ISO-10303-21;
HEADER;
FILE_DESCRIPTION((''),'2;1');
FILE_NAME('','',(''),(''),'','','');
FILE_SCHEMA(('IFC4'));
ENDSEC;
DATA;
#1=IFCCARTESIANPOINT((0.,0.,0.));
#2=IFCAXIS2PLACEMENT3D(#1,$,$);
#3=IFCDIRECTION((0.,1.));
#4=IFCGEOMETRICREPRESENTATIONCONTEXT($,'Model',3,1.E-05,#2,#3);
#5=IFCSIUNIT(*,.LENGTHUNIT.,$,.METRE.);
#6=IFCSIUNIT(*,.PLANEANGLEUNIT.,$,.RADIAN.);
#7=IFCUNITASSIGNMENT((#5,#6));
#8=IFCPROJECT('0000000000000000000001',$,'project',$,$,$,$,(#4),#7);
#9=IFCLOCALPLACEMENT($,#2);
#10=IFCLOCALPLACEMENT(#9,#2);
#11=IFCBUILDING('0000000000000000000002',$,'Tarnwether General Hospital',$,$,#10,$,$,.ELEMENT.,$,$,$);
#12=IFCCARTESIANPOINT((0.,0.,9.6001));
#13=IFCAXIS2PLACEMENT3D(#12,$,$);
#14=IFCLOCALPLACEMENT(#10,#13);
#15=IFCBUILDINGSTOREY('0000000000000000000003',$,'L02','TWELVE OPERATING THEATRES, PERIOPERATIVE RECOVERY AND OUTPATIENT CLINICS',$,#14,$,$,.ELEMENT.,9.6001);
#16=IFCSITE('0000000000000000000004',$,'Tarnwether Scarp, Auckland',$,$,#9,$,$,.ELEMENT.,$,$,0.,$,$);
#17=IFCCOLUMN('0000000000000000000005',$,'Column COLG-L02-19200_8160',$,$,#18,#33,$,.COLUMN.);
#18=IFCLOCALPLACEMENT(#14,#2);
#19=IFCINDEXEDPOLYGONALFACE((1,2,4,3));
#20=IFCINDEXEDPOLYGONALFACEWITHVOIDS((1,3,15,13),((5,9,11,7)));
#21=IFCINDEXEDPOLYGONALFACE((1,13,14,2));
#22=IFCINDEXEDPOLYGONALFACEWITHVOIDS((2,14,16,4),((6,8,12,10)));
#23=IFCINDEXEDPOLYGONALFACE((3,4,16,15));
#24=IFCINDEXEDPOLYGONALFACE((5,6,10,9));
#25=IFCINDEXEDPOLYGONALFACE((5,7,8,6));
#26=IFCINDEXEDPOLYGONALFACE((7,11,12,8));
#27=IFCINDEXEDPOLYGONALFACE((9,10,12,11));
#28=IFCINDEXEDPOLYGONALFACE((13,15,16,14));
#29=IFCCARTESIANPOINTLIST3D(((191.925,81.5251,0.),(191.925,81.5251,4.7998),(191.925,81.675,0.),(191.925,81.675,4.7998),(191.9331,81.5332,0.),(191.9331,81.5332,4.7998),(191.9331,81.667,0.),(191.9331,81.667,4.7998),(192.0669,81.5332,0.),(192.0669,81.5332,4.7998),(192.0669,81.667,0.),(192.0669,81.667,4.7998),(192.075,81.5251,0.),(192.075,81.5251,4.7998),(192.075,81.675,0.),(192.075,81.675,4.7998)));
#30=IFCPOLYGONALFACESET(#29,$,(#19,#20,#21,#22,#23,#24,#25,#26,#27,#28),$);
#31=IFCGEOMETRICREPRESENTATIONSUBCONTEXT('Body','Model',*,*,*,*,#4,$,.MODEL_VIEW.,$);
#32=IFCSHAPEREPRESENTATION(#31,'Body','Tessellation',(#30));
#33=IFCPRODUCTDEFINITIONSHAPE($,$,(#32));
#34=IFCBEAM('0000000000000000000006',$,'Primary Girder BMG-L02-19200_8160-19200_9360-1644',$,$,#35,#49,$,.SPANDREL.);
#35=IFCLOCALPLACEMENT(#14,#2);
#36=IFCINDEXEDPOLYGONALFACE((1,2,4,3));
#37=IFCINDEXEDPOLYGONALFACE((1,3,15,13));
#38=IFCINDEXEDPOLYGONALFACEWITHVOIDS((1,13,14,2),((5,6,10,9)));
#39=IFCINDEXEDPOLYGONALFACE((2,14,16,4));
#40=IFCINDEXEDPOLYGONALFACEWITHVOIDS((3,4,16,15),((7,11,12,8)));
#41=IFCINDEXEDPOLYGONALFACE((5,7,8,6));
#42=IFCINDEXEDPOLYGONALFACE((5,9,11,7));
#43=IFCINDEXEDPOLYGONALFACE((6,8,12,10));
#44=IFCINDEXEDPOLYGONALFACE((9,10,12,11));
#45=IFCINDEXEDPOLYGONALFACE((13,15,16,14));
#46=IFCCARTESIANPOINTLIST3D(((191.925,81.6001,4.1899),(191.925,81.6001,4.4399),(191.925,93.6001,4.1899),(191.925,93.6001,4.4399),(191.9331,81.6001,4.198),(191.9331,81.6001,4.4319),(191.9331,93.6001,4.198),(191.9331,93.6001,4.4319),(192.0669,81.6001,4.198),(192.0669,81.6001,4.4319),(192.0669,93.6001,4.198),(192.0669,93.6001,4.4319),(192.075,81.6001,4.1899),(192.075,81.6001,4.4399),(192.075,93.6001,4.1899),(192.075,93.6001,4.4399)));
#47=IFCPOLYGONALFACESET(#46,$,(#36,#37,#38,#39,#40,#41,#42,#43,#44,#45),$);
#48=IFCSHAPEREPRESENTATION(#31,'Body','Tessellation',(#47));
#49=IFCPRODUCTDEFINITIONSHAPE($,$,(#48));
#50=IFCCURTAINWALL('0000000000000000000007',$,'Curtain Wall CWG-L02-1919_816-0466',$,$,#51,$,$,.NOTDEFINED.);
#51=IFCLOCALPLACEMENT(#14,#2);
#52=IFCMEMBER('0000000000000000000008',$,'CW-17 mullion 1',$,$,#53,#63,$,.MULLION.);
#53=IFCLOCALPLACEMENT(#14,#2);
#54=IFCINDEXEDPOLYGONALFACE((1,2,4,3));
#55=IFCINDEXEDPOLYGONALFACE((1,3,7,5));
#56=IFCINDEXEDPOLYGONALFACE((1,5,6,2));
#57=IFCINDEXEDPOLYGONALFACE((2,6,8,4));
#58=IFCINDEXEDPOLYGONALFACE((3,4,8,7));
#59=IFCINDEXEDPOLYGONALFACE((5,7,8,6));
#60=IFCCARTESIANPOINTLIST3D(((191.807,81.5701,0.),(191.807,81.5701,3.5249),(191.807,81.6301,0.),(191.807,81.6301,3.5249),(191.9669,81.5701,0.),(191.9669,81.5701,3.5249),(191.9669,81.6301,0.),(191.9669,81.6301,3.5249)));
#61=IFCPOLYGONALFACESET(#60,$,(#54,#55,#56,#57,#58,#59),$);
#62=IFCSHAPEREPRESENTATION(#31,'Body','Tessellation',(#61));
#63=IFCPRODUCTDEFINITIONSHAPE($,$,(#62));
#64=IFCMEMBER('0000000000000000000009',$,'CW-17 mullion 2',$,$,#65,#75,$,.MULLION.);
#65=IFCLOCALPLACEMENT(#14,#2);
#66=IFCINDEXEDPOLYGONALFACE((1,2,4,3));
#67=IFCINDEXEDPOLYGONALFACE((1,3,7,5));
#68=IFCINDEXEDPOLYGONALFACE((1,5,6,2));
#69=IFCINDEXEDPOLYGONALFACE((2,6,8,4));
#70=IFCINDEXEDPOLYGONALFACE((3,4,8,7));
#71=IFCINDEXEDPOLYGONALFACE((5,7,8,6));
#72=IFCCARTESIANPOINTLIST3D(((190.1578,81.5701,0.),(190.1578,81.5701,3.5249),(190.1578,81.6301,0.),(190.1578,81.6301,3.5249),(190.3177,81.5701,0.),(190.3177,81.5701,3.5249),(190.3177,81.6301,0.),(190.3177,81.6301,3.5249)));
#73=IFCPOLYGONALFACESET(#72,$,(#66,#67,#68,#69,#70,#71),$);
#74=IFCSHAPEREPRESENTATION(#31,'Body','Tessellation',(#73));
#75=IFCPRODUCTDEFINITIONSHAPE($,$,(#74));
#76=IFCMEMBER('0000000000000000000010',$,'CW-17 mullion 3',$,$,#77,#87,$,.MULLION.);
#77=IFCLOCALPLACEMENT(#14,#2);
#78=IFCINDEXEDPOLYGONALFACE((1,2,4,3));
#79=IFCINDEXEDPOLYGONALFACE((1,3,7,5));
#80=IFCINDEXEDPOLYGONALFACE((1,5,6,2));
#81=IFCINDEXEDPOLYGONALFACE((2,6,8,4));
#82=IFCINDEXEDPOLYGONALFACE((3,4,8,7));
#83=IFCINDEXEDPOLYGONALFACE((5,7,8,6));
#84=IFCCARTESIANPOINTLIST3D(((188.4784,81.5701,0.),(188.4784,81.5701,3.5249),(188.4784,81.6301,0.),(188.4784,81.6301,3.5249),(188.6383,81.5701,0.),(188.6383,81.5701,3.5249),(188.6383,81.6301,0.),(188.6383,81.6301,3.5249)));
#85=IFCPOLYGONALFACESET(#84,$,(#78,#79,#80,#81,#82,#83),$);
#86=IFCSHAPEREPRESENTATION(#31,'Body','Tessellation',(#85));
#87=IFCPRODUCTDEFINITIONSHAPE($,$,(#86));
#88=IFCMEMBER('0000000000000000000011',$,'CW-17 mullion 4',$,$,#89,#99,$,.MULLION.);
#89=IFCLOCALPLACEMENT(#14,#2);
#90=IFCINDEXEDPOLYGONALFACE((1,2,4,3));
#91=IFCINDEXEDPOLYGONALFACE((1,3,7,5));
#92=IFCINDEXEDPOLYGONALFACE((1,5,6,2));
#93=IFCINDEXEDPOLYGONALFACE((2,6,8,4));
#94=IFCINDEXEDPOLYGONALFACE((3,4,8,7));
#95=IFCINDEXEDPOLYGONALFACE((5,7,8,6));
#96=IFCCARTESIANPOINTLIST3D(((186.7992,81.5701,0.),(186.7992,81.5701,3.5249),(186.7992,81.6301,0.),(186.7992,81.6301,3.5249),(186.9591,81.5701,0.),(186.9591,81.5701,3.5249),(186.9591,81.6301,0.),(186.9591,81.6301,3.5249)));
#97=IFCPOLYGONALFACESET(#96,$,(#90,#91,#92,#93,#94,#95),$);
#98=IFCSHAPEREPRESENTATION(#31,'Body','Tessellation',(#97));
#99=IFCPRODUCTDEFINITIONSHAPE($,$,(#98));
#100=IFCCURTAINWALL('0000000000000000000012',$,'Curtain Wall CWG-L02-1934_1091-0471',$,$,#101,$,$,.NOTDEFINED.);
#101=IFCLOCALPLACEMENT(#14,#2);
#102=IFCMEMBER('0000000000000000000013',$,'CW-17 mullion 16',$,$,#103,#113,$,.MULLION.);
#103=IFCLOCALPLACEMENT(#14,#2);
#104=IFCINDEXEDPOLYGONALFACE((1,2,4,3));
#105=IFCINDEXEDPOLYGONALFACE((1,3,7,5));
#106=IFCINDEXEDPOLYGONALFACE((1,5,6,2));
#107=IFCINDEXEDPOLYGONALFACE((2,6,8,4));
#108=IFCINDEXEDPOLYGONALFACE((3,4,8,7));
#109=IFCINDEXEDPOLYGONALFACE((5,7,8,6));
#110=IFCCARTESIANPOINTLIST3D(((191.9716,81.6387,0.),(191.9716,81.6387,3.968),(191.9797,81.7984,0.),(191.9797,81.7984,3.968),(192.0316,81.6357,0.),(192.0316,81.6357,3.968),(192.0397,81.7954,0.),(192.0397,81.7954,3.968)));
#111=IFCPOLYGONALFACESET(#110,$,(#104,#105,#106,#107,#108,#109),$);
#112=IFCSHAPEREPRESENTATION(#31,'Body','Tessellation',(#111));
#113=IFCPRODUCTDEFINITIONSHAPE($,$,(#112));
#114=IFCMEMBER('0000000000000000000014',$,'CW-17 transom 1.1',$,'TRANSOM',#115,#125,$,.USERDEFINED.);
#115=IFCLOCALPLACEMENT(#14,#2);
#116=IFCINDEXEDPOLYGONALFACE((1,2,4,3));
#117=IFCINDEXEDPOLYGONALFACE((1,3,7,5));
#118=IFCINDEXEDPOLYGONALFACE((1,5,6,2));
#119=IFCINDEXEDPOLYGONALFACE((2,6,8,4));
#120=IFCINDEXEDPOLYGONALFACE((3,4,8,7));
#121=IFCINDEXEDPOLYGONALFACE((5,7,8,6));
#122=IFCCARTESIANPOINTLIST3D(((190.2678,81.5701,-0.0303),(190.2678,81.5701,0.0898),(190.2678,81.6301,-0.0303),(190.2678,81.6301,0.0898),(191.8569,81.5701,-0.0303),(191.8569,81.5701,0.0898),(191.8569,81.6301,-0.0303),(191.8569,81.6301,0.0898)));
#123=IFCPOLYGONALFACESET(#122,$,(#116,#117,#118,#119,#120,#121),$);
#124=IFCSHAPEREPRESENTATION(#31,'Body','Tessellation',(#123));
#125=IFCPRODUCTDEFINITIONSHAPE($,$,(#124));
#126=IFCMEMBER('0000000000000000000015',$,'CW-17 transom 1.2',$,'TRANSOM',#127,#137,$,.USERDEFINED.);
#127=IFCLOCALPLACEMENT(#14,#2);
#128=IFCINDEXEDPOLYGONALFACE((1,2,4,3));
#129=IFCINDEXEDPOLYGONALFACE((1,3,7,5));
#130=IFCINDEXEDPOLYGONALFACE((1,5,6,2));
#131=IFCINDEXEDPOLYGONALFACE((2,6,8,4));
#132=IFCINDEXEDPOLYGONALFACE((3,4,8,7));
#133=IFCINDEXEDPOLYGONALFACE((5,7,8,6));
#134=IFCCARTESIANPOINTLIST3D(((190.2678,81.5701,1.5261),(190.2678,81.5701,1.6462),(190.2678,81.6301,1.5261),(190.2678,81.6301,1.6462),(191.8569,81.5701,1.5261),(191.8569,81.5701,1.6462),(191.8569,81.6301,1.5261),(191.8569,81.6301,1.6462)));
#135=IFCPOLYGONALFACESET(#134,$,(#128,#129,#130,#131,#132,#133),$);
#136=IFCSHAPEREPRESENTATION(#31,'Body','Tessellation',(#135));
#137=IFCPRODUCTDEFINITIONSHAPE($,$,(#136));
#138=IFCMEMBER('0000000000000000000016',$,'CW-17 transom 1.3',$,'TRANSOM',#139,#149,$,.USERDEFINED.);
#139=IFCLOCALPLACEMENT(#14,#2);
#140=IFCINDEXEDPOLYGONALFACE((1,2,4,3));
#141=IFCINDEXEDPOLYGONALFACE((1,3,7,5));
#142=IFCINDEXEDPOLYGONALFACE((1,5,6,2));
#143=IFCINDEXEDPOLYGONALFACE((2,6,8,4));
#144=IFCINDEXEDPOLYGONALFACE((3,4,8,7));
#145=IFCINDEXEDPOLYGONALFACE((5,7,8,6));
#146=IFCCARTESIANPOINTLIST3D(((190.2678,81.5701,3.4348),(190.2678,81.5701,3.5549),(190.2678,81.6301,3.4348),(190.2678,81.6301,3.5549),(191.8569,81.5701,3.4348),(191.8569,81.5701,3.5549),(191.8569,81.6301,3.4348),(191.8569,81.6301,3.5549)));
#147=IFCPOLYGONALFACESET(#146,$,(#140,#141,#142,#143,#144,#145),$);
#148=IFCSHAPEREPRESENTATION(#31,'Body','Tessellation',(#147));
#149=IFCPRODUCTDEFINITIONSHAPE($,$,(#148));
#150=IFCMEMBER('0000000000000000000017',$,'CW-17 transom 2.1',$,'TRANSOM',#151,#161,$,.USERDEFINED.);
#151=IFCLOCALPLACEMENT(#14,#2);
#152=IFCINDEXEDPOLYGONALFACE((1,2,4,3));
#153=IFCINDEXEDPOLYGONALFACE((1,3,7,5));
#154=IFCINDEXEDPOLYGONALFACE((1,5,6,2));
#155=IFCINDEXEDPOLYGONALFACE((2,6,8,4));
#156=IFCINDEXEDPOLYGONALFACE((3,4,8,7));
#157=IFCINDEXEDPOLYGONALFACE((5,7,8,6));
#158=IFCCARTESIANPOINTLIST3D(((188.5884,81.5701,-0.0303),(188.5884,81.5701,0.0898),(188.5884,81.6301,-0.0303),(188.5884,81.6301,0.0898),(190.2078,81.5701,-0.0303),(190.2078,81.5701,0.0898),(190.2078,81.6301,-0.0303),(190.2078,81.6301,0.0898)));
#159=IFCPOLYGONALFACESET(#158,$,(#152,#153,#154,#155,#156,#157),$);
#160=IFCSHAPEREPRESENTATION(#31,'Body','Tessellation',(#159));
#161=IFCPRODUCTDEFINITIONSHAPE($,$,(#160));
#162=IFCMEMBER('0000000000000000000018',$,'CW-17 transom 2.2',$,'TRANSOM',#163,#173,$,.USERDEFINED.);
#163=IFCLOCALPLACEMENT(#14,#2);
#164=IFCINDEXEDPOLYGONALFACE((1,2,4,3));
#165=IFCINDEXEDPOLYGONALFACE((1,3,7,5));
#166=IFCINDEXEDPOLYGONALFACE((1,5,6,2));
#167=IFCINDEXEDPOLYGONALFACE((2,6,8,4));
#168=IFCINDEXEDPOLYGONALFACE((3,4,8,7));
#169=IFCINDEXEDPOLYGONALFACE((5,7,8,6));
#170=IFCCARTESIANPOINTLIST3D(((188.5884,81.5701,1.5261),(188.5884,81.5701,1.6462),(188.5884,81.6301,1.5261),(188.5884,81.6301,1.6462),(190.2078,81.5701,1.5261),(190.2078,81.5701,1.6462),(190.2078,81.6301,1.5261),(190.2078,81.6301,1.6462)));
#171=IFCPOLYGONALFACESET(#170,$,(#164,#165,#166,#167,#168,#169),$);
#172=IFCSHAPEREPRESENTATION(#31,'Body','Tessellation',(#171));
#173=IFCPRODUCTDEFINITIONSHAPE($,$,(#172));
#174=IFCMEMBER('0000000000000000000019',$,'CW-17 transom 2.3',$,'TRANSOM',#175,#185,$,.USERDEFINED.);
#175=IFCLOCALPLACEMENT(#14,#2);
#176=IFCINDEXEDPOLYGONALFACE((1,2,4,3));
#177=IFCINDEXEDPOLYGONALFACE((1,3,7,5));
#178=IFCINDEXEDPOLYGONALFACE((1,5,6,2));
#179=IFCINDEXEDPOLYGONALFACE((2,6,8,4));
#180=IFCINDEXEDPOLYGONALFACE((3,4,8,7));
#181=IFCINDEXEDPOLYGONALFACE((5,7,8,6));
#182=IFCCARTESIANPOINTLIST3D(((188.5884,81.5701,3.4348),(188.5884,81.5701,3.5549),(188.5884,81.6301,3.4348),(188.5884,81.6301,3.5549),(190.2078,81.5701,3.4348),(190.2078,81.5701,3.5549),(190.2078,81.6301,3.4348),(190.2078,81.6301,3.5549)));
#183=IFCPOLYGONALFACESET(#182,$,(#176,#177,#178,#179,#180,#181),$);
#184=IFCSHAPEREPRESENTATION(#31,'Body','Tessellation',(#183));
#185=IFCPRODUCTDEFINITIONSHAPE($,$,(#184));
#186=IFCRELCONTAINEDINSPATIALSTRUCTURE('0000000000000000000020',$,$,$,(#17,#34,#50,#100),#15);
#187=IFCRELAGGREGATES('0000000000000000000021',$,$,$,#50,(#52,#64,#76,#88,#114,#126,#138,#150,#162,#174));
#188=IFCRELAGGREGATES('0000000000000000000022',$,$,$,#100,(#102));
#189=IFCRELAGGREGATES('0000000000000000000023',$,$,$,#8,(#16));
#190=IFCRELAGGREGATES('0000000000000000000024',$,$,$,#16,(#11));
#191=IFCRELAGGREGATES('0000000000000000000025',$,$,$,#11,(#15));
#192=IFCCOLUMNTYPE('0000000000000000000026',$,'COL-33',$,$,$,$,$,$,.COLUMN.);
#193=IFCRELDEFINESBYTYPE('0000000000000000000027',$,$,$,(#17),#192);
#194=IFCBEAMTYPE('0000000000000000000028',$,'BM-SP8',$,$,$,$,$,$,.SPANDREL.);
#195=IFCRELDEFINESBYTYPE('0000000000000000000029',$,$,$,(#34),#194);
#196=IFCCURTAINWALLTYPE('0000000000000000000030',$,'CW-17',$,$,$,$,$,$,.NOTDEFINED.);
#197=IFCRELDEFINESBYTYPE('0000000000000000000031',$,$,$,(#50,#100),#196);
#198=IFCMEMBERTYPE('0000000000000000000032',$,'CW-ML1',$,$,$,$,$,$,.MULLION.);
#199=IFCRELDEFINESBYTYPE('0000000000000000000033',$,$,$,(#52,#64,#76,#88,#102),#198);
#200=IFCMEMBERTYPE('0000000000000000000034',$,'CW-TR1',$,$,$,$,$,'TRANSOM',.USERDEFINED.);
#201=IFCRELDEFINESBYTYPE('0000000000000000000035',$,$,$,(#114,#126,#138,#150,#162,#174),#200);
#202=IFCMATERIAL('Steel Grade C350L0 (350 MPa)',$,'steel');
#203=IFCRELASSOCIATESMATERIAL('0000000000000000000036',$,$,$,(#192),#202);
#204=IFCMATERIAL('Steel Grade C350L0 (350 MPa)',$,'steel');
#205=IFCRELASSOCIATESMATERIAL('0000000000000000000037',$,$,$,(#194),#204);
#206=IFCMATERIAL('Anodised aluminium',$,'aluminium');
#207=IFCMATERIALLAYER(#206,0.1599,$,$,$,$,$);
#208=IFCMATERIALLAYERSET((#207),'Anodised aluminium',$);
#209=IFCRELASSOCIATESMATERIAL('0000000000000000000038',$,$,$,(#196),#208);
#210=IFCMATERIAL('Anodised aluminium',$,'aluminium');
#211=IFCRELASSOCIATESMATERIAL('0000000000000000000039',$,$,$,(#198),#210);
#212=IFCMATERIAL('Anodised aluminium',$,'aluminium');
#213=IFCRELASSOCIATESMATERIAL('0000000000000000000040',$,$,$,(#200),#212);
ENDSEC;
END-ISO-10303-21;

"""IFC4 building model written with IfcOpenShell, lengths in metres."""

from ifc_helpers import new_model, si_unit, direction, frame, origin, origin_2d, place, context, subcontext, project, spatial, rectangle, hollow_rectangle, extrude, material, layer, layer_set, material_profile, profile_set, type_object, element, aggregate, save


model = new_model("IFC4")

# Units and contexts
model_context = context("Model", 3, precision=1e-05, world=origin(), true_north=direction((0.0, 1.0)))
body_context = subcontext(model_context, "Body", "Model", "MODEL_VIEW")
ifc_project = project(units=[si_unit("LENGTHUNIT", "METRE"), si_unit("PLANEANGLEUNIT", "RADIAN")], contexts=[model_context])

# Site, building, storey
site_placement = place(None, origin())
site = spatial("IfcSite", under=ifc_project, at=site_placement, Name="Tarnwether Scarp, Auckland", CompositionType="ELEMENT", RefElevation=0.0)
building_placement = place(site_placement, origin())
building = spatial("IfcBuilding", under=site, at=building_placement, Name="Tarnwether General Hospital", CompositionType="ELEMENT")
storey_placement = place(building_placement, frame((0.0, 0.0, 9.6001)))
storey = spatial("IfcBuildingStorey", under=building, at=storey_placement, Name="L02", Description="TWELVE OPERATING THEATRES, PERIOPERATIVE RECOVERY AND OUTPATIENT CLINICS", CompositionType="ELEMENT", Elevation=9.6001)

# Column
ifc_material_1 = material(Name="Steel Grade C350L0 (350 MPa)", Category="steel")
ifc_material_profile_1 = material_profile(ifc_material_1, hollow_rectangle(XDim=0.1499, YDim=0.1499, WallThickness=0.0081, at=origin_2d()), Name="SHS150x150x8")
ifc_profile_set_1 = profile_set([ifc_material_profile_1], Name="Steel Grade C350L0 (350 MPa)")
column_type = type_object("IfcColumnType", Name="COL-33", PredefinedType="COLUMN", material=ifc_profile_set_1)
column_placement = place(storey_placement, frame((192.0, 81.6001, 0.0), z_axis=(0.0, 0.0, 1.0), x_axis=(1.0, 0.0, 0.0)))
element("IfcColumn", 1, at=column_placement, inside=storey, type_object=column_type, Name="Column COLG-L02-19200_8160", PredefinedType="COLUMN", context=body_context, shape_type="SweptSolid", body=[
    extrude(hollow_rectangle(XDim=0.1499, YDim=0.1499, WallThickness=0.0081, at=origin_2d()), origin(), (0.0, 0.0, 1.0), 4.7998),
])

# Beam
ifc_material_2 = material(Name="Steel Grade C350L0 (350 MPa)", Category="steel")
ifc_material_profile_2 = material_profile(ifc_material_2, hollow_rectangle(XDim=0.1499, YDim=0.25, WallThickness=0.0081, at=origin_2d()), Name="RHS250x150x8")
ifc_profile_set_2 = profile_set([ifc_material_profile_2], Name="Steel Grade C350L0 (350 MPa)")
beam_type = type_object("IfcBeamType", Name="BM-SP8", PredefinedType="SPANDREL", material=ifc_profile_set_2)
beam_placement = place(storey_placement, frame((192.0, 81.6001, 4.3149), z_axis=(0.0, 1.0, 0.0), x_axis=(-1.0, 0.0, 0.0)))
element("IfcBeam", 2, at=beam_placement, inside=storey, type_object=beam_type, Name="Primary Girder BMG-L02-19200_8160-19200_9360-1644", PredefinedType="SPANDREL", context=body_context, shape_type="SweptSolid", body=[
    extrude(hollow_rectangle(XDim=0.1499, YDim=0.25, WallThickness=0.0081, at=origin_2d()), origin(), (0.0, 0.0, 1.0), 12.0),
])

# Curtain wall, members
ifc_material_3 = material(Name="Anodised aluminium", Category="aluminium")
ifc_layer_1 = layer(ifc_material_3, 0.1599)
ifc_layer_set_1 = layer_set([ifc_layer_1], Name="Anodised aluminium")
curtain_wall_type = type_object("IfcCurtainWallType", Name="CW-17", PredefinedType="NOTDEFINED", material=ifc_layer_set_1)
curtain_wall_1_placement = place(storey_placement, origin())
curtain_wall_1 = element("IfcCurtainWall", 3, at=curtain_wall_1_placement, inside=storey, type_object=curtain_wall_type, Name="Curtain Wall CWG-L02-1919_816-0466", PredefinedType="NOTDEFINED")
ifc_material_4 = material(Name="Anodised aluminium", Category="aluminium")
ifc_material_profile_3 = material_profile(ifc_material_4, rectangle(XDim=0.0601, YDim=0.1599, at=origin_2d()), Name="ALU-MUL-60x160")
ifc_profile_set_3 = profile_set([ifc_material_profile_3], Name="Anodised aluminium")
member_type_1 = type_object("IfcMemberType", Name="CW-ML1", PredefinedType="MULLION", material=ifc_profile_set_3)
member_1_placement = place(storey_placement, frame((191.887, 81.6001, 0.0), z_axis=(0.0, 0.0, 1.0), x_axis=(0.0, -1.0, 0.0)))
member_1 = element("IfcMember", 4, at=member_1_placement, type_object=member_type_1, Name="CW-17 mullion 1", PredefinedType="MULLION", context=body_context, shape_type="SweptSolid", body=[
    extrude(rectangle(XDim=0.0601, YDim=0.1599, at=origin_2d()), origin(), (0.0, 0.0, 1.0), 3.5249),
])
member_2_placement = place(storey_placement, frame((190.2378, 81.6001, 0.0), z_axis=(0.0, 0.0, 1.0), x_axis=(0.0, -1.0, 0.0)))
member_2 = element("IfcMember", 5, at=member_2_placement, type_object=member_type_1, Name="CW-17 mullion 2", PredefinedType="MULLION", context=body_context, shape_type="SweptSolid", body=[
    extrude(rectangle(XDim=0.0601, YDim=0.1599, at=origin_2d()), origin(), (0.0, 0.0, 1.0), 3.5249),
])
member_3_placement = place(storey_placement, frame((188.5583, 81.6001, 0.0), z_axis=(0.0, 0.0, 1.0), x_axis=(0.0, -1.0, 0.0)))
member_3 = element("IfcMember", 6, at=member_3_placement, type_object=member_type_1, Name="CW-17 mullion 3", PredefinedType="MULLION", context=body_context, shape_type="SweptSolid", body=[
    extrude(rectangle(XDim=0.0601, YDim=0.1599, at=origin_2d()), origin(), (0.0, 0.0, 1.0), 3.5249),
])
member_4_placement = place(storey_placement, frame((186.8792, 81.6001, 0.0), z_axis=(0.0, 0.0, 1.0), x_axis=(0.0, -1.0, 0.0)))
member_4 = element("IfcMember", 7, at=member_4_placement, type_object=member_type_1, Name="CW-17 mullion 4", PredefinedType="MULLION", context=body_context, shape_type="SweptSolid", body=[
    extrude(rectangle(XDim=0.0601, YDim=0.1599, at=origin_2d()), origin(), (0.0, 0.0, 1.0), 3.5249),
])

# Curtain wall, member
curtain_wall_2_placement = place(storey_placement, origin())
curtain_wall_2 = element("IfcCurtainWall", 8, at=curtain_wall_2_placement, inside=storey, type_object=curtain_wall_type, Name="Curtain Wall CWG-L02-1934_1091-0471", PredefinedType="NOTDEFINED")
member_5_placement = place(storey_placement, frame((192.0056, 81.717, 0.0), z_axis=(0.0, 0.0, 1.0), x_axis=(0.998715, -0.050678, 0.0)))
member_5 = element("IfcMember", 9, at=member_5_placement, type_object=member_type_1, Name="CW-17 mullion 16", PredefinedType="MULLION", context=body_context, shape_type="SweptSolid", body=[
    extrude(rectangle(XDim=0.0601, YDim=0.1599, at=origin_2d()), origin(), (0.0, 0.0, 1.0), 3.968),
])

# Members
ifc_material_5 = material(Name="Anodised aluminium", Category="aluminium")
ifc_material_profile_4 = material_profile(ifc_material_5, rectangle(XDim=0.0601, YDim=0.1201, at=origin_2d()), Name="ALU-TRN-60x120")
ifc_profile_set_4 = profile_set([ifc_material_profile_4], Name="Anodised aluminium")
member_type_2 = type_object("IfcMemberType", Name="CW-TR1", ElementType="TRANSOM", PredefinedType="USERDEFINED", material=ifc_profile_set_4)
member_6_placement = place(storey_placement, frame((191.8569, 81.6001, 0.0298), z_axis=(-1.0, 0.0, 0.0), x_axis=(0.0, -1.0, 0.0)))
member_6 = element("IfcMember", 10, at=member_6_placement, type_object=member_type_2, Name="CW-17 transom 1.1", ObjectType="TRANSOM", PredefinedType="USERDEFINED", context=body_context, shape_type="SweptSolid", body=[
    extrude(rectangle(XDim=0.0601, YDim=0.1201, at=origin_2d()), origin(), (0.0, 0.0, 1.0), 1.5891),
])
member_7_placement = place(storey_placement, frame((191.8569, 81.6001, 1.5862), z_axis=(-1.0, 0.0, 0.0), x_axis=(0.0, -1.0, 0.0)))
member_7 = element("IfcMember", 11, at=member_7_placement, type_object=member_type_2, Name="CW-17 transom 1.2", ObjectType="TRANSOM", PredefinedType="USERDEFINED", context=body_context, shape_type="SweptSolid", body=[
    extrude(rectangle(XDim=0.0601, YDim=0.1201, at=origin_2d()), origin(), (0.0, 0.0, 1.0), 1.5891),
])
member_8_placement = place(storey_placement, frame((191.8569, 81.6001, 3.4949), z_axis=(-1.0, 0.0, 0.0), x_axis=(0.0, -1.0, 0.0)))
member_8 = element("IfcMember", 12, at=member_8_placement, type_object=member_type_2, Name="CW-17 transom 1.3", ObjectType="TRANSOM", PredefinedType="USERDEFINED", context=body_context, shape_type="SweptSolid", body=[
    extrude(rectangle(XDim=0.0601, YDim=0.1201, at=origin_2d()), origin(), (0.0, 0.0, 1.0), 1.5891),
])
member_9_placement = place(storey_placement, frame((190.2078, 81.6001, 0.0298), z_axis=(-1.0, 0.0, 0.0), x_axis=(0.0, -1.0, 0.0)))
member_9 = element("IfcMember", 13, at=member_9_placement, type_object=member_type_2, Name="CW-17 transom 2.1", ObjectType="TRANSOM", PredefinedType="USERDEFINED", context=body_context, shape_type="SweptSolid", body=[
    extrude(rectangle(XDim=0.0601, YDim=0.1201, at=origin_2d()), origin(), (0.0, 0.0, 1.0), 1.6194),
])
member_10_placement = place(storey_placement, frame((190.2078, 81.6001, 1.5862), z_axis=(-1.0, 0.0, 0.0), x_axis=(0.0, -1.0, 0.0)))
member_10 = element("IfcMember", 14, at=member_10_placement, type_object=member_type_2, Name="CW-17 transom 2.2", ObjectType="TRANSOM", PredefinedType="USERDEFINED", context=body_context, shape_type="SweptSolid", body=[
    extrude(rectangle(XDim=0.0601, YDim=0.1201, at=origin_2d()), origin(), (0.0, 0.0, 1.0), 1.6194),
])
member_11_placement = place(storey_placement, frame((190.2078, 81.6001, 3.4949), z_axis=(-1.0, 0.0, 0.0), x_axis=(0.0, -1.0, 0.0)))
member_11 = element("IfcMember", 15, at=member_11_placement, type_object=member_type_2, Name="CW-17 transom 2.3", ObjectType="TRANSOM", PredefinedType="USERDEFINED", context=body_context, shape_type="SweptSolid", body=[
    extrude(rectangle(XDim=0.0601, YDim=0.1201, at=origin_2d()), origin(), (0.0, 0.0, 1.0), 1.6194),
])

aggregate(curtain_wall_1, [member_1, member_2, member_3, member_4, member_6, member_7, member_8, member_9, member_10, member_11])
aggregate(curtain_wall_2, [member_5])

save(model, "model.ifc")
